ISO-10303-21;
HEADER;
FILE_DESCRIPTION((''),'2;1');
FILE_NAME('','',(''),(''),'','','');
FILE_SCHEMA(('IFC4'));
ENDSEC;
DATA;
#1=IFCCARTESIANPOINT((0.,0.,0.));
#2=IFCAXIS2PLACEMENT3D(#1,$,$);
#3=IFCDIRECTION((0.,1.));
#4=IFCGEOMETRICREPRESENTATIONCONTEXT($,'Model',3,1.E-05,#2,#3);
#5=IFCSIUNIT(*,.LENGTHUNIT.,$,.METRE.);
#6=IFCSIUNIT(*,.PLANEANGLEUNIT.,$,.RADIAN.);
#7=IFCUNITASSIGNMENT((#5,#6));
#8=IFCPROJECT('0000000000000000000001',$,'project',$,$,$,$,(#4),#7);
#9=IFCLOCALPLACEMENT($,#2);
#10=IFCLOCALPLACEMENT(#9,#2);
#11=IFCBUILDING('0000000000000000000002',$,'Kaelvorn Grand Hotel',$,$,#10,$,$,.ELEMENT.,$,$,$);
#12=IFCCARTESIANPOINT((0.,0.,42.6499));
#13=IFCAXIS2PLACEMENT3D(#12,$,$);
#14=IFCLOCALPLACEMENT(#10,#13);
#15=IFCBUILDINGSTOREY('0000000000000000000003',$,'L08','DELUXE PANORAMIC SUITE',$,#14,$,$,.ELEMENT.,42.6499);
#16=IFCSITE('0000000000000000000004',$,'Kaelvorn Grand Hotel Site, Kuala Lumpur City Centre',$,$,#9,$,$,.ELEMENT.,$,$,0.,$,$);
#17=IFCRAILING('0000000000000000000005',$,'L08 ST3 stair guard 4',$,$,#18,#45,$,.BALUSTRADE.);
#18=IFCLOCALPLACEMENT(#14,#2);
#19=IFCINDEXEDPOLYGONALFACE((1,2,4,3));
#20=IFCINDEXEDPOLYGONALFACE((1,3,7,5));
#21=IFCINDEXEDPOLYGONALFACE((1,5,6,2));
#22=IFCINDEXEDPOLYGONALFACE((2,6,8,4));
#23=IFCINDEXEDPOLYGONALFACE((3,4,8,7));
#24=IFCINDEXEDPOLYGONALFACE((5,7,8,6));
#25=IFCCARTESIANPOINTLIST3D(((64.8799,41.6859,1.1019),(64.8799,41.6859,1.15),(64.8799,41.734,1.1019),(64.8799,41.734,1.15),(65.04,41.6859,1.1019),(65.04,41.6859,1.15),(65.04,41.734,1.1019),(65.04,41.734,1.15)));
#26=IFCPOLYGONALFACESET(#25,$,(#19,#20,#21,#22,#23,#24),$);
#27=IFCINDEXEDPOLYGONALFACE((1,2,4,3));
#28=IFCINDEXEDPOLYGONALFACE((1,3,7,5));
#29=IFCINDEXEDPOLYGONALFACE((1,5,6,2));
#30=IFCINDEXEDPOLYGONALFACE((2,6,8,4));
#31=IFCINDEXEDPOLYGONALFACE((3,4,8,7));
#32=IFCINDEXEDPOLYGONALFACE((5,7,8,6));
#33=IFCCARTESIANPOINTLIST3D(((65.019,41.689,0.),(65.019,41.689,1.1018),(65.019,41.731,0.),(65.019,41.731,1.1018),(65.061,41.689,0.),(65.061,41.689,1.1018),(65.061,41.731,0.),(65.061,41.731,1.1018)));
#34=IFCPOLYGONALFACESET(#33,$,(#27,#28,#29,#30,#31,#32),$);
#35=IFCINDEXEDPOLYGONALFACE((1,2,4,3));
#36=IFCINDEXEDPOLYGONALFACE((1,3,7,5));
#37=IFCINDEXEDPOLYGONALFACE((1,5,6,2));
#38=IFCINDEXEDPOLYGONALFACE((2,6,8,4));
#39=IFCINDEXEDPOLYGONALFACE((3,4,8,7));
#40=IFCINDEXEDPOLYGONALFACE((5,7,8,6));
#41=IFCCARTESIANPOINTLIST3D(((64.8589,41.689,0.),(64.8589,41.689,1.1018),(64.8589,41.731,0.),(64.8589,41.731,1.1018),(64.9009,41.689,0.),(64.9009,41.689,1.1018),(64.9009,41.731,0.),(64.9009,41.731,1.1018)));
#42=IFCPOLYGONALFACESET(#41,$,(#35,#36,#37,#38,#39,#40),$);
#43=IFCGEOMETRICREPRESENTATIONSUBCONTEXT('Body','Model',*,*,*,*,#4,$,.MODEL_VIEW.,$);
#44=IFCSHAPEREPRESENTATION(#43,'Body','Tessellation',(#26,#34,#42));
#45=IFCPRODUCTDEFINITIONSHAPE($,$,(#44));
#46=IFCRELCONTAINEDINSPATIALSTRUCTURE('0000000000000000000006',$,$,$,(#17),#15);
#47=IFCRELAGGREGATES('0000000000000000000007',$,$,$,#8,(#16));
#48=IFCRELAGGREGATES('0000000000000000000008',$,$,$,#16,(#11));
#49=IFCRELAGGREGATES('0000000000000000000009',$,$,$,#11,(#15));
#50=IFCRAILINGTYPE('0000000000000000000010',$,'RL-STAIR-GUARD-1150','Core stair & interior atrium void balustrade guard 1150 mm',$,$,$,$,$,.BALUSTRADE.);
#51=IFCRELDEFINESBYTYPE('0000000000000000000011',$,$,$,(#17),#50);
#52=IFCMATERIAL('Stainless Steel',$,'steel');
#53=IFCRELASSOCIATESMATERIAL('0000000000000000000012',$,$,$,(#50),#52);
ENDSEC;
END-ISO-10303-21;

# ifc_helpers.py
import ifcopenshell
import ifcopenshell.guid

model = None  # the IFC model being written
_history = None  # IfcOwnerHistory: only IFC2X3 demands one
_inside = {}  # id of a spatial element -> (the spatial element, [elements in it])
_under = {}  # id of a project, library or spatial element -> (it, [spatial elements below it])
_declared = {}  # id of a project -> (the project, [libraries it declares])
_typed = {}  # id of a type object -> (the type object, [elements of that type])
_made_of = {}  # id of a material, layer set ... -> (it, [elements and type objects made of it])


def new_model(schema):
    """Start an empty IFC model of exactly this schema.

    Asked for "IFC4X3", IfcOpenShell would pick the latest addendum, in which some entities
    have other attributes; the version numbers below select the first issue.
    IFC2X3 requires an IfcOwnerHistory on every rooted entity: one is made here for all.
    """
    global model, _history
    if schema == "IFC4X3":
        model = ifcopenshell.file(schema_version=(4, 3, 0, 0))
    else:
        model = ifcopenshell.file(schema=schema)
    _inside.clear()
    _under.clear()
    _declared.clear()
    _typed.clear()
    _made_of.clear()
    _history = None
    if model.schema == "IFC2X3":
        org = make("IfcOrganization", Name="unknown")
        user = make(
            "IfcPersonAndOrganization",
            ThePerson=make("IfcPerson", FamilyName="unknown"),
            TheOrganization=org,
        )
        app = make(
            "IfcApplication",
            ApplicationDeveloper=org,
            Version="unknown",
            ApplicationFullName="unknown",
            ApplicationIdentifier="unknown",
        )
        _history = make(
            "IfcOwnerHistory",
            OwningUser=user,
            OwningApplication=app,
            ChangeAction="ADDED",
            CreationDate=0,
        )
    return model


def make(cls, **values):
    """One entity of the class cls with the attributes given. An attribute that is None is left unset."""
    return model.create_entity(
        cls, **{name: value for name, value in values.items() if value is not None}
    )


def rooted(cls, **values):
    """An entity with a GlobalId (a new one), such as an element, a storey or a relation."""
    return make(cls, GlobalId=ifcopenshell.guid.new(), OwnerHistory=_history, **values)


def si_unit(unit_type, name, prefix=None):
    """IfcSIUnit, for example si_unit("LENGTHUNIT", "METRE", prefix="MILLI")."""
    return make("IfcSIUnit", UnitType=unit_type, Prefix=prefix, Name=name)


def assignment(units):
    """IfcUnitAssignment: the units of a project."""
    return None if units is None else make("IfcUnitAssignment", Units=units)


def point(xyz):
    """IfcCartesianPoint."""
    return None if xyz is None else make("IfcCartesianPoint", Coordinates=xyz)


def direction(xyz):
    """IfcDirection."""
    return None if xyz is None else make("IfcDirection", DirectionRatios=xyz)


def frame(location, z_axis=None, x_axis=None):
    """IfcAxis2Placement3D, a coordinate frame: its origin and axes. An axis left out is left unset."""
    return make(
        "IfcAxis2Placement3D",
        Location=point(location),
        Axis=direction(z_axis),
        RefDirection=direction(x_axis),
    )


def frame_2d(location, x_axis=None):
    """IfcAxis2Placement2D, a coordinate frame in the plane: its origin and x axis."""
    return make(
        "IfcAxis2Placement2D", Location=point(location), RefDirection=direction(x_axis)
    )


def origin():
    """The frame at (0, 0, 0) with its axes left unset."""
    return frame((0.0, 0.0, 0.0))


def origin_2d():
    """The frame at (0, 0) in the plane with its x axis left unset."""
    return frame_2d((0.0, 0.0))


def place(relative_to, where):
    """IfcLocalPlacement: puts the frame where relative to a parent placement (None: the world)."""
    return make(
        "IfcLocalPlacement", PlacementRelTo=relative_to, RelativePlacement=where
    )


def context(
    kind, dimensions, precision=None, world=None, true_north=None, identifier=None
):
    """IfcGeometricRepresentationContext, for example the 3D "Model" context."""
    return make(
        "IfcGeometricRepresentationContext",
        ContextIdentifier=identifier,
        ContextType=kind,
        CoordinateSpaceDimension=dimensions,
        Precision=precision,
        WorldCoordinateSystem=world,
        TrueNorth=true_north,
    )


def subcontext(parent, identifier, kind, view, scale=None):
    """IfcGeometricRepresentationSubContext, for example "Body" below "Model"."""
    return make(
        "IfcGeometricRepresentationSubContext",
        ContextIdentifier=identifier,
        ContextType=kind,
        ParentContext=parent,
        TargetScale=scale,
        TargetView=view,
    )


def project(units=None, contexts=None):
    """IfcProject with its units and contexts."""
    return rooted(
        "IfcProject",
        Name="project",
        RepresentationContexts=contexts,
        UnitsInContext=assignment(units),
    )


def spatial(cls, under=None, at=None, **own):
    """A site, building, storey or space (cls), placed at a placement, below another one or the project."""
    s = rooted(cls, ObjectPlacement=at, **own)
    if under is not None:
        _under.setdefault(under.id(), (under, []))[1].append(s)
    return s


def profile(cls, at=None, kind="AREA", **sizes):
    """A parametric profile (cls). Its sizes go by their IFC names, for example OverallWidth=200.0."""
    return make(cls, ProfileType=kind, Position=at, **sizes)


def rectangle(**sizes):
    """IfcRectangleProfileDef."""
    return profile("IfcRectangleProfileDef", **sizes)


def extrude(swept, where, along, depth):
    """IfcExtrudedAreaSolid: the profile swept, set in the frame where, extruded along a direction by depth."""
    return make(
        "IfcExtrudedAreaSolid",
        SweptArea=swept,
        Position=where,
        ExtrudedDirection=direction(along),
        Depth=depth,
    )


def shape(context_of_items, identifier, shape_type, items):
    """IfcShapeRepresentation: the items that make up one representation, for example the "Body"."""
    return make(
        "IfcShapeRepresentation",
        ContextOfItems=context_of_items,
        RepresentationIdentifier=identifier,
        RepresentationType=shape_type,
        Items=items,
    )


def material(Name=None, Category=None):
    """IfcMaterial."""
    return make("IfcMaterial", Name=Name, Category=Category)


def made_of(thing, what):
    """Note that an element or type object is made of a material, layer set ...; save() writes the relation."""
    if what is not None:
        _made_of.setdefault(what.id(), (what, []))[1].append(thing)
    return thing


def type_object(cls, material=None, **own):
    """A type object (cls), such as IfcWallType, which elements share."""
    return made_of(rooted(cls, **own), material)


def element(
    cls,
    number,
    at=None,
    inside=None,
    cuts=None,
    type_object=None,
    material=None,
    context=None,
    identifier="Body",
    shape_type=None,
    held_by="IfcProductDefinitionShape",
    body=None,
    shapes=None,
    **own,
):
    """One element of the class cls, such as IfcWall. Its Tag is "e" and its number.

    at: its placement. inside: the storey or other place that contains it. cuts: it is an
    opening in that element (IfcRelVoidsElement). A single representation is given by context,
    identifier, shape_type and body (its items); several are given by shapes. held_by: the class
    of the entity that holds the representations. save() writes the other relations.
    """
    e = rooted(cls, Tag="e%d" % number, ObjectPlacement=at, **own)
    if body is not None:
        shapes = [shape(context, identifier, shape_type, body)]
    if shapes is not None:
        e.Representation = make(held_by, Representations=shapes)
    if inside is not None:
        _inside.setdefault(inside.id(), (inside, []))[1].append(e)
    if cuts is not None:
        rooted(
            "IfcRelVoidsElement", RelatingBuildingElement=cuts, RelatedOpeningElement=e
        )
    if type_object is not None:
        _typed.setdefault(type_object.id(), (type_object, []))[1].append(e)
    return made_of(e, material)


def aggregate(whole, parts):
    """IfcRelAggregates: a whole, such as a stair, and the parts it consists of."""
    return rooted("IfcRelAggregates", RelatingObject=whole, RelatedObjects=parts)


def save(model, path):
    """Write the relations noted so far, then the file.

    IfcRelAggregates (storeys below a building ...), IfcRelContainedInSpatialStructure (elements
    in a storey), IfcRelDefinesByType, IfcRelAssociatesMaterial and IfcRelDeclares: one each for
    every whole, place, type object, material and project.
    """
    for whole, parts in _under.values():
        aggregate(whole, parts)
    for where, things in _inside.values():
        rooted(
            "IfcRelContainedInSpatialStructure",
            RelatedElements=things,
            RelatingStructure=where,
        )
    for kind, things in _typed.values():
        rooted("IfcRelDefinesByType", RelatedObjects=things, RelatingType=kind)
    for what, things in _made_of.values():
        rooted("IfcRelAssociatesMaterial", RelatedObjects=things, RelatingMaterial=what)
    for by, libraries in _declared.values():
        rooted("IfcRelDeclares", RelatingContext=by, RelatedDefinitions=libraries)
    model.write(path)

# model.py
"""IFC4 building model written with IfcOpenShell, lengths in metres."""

from ifc_helpers import new_model, si_unit, direction, frame, origin, origin_2d, place, context, subcontext, project, spatial, rectangle, extrude, material, type_object, element, save


model = new_model("IFC4")

# Units and contexts
model_context = context("Model", 3, precision=1e-05, world=origin(), true_north=direction((0.0, 1.0)))
body_context = subcontext(model_context, "Body", "Model", "MODEL_VIEW")
ifc_project = project(units=[si_unit("LENGTHUNIT", "METRE"), si_unit("PLANEANGLEUNIT", "RADIAN")], contexts=[model_context])

# Site, building, storey
site_placement = place(None, origin())
site = spatial("IfcSite", under=ifc_project, at=site_placement, Name="Kaelvorn Grand Hotel Site, Kuala Lumpur City Centre", CompositionType="ELEMENT", RefElevation=0.0)
building_placement = place(site_placement, origin())
building = spatial("IfcBuilding", under=site, at=building_placement, Name="Kaelvorn Grand Hotel", CompositionType="ELEMENT")
storey_placement = place(building_placement, frame((0.0, 0.0, 42.6499)))
storey = spatial("IfcBuildingStorey", under=building, at=storey_placement, Name="L08", Description="DELUXE PANORAMIC SUITE", CompositionType="ELEMENT", Elevation=42.6499)

# Shared definitions
ifc_material_1 = material(Name="Stainless Steel", Category="steel")

# Railing
railing_type_1 = type_object("IfcRailingType", Name="RL-STAIR-GUARD-1150", Description="Core stair & interior atrium void balustrade guard 1150 mm", PredefinedType="BALUSTRADE", material=ifc_material_1)
railing_1_placement = place(storey_placement, frame((65.04, 41.71, 0.0)))
element("IfcRailing", 1, at=railing_1_placement, inside=storey, type_object=railing_type_1, Name="L08 ST3 stair guard 4", PredefinedType="BALUSTRADE", context=body_context, shape_type="SweptSolid", body=[
    extrude(rectangle(XDim=0.0481, YDim=0.0481, at=origin_2d()), frame((0.0, 0.0, 1.126), z_axis=(-1.0, 0.0, 0.0), x_axis=(0.0, -1.0, 0.0)), (0.0, 0.0, 1.0), 0.1602),
    extrude(rectangle(XDim=0.042, YDim=0.042, at=origin_2d()), origin(), (0.0, 0.0, 1.0), 1.1018),
    extrude(rectangle(XDim=0.042, YDim=0.042, at=origin_2d()), frame((-0.1602, 0.0, 0.0)), (0.0, 0.0, 1.0), 1.1018),
])

save(model, "model.ifc")
